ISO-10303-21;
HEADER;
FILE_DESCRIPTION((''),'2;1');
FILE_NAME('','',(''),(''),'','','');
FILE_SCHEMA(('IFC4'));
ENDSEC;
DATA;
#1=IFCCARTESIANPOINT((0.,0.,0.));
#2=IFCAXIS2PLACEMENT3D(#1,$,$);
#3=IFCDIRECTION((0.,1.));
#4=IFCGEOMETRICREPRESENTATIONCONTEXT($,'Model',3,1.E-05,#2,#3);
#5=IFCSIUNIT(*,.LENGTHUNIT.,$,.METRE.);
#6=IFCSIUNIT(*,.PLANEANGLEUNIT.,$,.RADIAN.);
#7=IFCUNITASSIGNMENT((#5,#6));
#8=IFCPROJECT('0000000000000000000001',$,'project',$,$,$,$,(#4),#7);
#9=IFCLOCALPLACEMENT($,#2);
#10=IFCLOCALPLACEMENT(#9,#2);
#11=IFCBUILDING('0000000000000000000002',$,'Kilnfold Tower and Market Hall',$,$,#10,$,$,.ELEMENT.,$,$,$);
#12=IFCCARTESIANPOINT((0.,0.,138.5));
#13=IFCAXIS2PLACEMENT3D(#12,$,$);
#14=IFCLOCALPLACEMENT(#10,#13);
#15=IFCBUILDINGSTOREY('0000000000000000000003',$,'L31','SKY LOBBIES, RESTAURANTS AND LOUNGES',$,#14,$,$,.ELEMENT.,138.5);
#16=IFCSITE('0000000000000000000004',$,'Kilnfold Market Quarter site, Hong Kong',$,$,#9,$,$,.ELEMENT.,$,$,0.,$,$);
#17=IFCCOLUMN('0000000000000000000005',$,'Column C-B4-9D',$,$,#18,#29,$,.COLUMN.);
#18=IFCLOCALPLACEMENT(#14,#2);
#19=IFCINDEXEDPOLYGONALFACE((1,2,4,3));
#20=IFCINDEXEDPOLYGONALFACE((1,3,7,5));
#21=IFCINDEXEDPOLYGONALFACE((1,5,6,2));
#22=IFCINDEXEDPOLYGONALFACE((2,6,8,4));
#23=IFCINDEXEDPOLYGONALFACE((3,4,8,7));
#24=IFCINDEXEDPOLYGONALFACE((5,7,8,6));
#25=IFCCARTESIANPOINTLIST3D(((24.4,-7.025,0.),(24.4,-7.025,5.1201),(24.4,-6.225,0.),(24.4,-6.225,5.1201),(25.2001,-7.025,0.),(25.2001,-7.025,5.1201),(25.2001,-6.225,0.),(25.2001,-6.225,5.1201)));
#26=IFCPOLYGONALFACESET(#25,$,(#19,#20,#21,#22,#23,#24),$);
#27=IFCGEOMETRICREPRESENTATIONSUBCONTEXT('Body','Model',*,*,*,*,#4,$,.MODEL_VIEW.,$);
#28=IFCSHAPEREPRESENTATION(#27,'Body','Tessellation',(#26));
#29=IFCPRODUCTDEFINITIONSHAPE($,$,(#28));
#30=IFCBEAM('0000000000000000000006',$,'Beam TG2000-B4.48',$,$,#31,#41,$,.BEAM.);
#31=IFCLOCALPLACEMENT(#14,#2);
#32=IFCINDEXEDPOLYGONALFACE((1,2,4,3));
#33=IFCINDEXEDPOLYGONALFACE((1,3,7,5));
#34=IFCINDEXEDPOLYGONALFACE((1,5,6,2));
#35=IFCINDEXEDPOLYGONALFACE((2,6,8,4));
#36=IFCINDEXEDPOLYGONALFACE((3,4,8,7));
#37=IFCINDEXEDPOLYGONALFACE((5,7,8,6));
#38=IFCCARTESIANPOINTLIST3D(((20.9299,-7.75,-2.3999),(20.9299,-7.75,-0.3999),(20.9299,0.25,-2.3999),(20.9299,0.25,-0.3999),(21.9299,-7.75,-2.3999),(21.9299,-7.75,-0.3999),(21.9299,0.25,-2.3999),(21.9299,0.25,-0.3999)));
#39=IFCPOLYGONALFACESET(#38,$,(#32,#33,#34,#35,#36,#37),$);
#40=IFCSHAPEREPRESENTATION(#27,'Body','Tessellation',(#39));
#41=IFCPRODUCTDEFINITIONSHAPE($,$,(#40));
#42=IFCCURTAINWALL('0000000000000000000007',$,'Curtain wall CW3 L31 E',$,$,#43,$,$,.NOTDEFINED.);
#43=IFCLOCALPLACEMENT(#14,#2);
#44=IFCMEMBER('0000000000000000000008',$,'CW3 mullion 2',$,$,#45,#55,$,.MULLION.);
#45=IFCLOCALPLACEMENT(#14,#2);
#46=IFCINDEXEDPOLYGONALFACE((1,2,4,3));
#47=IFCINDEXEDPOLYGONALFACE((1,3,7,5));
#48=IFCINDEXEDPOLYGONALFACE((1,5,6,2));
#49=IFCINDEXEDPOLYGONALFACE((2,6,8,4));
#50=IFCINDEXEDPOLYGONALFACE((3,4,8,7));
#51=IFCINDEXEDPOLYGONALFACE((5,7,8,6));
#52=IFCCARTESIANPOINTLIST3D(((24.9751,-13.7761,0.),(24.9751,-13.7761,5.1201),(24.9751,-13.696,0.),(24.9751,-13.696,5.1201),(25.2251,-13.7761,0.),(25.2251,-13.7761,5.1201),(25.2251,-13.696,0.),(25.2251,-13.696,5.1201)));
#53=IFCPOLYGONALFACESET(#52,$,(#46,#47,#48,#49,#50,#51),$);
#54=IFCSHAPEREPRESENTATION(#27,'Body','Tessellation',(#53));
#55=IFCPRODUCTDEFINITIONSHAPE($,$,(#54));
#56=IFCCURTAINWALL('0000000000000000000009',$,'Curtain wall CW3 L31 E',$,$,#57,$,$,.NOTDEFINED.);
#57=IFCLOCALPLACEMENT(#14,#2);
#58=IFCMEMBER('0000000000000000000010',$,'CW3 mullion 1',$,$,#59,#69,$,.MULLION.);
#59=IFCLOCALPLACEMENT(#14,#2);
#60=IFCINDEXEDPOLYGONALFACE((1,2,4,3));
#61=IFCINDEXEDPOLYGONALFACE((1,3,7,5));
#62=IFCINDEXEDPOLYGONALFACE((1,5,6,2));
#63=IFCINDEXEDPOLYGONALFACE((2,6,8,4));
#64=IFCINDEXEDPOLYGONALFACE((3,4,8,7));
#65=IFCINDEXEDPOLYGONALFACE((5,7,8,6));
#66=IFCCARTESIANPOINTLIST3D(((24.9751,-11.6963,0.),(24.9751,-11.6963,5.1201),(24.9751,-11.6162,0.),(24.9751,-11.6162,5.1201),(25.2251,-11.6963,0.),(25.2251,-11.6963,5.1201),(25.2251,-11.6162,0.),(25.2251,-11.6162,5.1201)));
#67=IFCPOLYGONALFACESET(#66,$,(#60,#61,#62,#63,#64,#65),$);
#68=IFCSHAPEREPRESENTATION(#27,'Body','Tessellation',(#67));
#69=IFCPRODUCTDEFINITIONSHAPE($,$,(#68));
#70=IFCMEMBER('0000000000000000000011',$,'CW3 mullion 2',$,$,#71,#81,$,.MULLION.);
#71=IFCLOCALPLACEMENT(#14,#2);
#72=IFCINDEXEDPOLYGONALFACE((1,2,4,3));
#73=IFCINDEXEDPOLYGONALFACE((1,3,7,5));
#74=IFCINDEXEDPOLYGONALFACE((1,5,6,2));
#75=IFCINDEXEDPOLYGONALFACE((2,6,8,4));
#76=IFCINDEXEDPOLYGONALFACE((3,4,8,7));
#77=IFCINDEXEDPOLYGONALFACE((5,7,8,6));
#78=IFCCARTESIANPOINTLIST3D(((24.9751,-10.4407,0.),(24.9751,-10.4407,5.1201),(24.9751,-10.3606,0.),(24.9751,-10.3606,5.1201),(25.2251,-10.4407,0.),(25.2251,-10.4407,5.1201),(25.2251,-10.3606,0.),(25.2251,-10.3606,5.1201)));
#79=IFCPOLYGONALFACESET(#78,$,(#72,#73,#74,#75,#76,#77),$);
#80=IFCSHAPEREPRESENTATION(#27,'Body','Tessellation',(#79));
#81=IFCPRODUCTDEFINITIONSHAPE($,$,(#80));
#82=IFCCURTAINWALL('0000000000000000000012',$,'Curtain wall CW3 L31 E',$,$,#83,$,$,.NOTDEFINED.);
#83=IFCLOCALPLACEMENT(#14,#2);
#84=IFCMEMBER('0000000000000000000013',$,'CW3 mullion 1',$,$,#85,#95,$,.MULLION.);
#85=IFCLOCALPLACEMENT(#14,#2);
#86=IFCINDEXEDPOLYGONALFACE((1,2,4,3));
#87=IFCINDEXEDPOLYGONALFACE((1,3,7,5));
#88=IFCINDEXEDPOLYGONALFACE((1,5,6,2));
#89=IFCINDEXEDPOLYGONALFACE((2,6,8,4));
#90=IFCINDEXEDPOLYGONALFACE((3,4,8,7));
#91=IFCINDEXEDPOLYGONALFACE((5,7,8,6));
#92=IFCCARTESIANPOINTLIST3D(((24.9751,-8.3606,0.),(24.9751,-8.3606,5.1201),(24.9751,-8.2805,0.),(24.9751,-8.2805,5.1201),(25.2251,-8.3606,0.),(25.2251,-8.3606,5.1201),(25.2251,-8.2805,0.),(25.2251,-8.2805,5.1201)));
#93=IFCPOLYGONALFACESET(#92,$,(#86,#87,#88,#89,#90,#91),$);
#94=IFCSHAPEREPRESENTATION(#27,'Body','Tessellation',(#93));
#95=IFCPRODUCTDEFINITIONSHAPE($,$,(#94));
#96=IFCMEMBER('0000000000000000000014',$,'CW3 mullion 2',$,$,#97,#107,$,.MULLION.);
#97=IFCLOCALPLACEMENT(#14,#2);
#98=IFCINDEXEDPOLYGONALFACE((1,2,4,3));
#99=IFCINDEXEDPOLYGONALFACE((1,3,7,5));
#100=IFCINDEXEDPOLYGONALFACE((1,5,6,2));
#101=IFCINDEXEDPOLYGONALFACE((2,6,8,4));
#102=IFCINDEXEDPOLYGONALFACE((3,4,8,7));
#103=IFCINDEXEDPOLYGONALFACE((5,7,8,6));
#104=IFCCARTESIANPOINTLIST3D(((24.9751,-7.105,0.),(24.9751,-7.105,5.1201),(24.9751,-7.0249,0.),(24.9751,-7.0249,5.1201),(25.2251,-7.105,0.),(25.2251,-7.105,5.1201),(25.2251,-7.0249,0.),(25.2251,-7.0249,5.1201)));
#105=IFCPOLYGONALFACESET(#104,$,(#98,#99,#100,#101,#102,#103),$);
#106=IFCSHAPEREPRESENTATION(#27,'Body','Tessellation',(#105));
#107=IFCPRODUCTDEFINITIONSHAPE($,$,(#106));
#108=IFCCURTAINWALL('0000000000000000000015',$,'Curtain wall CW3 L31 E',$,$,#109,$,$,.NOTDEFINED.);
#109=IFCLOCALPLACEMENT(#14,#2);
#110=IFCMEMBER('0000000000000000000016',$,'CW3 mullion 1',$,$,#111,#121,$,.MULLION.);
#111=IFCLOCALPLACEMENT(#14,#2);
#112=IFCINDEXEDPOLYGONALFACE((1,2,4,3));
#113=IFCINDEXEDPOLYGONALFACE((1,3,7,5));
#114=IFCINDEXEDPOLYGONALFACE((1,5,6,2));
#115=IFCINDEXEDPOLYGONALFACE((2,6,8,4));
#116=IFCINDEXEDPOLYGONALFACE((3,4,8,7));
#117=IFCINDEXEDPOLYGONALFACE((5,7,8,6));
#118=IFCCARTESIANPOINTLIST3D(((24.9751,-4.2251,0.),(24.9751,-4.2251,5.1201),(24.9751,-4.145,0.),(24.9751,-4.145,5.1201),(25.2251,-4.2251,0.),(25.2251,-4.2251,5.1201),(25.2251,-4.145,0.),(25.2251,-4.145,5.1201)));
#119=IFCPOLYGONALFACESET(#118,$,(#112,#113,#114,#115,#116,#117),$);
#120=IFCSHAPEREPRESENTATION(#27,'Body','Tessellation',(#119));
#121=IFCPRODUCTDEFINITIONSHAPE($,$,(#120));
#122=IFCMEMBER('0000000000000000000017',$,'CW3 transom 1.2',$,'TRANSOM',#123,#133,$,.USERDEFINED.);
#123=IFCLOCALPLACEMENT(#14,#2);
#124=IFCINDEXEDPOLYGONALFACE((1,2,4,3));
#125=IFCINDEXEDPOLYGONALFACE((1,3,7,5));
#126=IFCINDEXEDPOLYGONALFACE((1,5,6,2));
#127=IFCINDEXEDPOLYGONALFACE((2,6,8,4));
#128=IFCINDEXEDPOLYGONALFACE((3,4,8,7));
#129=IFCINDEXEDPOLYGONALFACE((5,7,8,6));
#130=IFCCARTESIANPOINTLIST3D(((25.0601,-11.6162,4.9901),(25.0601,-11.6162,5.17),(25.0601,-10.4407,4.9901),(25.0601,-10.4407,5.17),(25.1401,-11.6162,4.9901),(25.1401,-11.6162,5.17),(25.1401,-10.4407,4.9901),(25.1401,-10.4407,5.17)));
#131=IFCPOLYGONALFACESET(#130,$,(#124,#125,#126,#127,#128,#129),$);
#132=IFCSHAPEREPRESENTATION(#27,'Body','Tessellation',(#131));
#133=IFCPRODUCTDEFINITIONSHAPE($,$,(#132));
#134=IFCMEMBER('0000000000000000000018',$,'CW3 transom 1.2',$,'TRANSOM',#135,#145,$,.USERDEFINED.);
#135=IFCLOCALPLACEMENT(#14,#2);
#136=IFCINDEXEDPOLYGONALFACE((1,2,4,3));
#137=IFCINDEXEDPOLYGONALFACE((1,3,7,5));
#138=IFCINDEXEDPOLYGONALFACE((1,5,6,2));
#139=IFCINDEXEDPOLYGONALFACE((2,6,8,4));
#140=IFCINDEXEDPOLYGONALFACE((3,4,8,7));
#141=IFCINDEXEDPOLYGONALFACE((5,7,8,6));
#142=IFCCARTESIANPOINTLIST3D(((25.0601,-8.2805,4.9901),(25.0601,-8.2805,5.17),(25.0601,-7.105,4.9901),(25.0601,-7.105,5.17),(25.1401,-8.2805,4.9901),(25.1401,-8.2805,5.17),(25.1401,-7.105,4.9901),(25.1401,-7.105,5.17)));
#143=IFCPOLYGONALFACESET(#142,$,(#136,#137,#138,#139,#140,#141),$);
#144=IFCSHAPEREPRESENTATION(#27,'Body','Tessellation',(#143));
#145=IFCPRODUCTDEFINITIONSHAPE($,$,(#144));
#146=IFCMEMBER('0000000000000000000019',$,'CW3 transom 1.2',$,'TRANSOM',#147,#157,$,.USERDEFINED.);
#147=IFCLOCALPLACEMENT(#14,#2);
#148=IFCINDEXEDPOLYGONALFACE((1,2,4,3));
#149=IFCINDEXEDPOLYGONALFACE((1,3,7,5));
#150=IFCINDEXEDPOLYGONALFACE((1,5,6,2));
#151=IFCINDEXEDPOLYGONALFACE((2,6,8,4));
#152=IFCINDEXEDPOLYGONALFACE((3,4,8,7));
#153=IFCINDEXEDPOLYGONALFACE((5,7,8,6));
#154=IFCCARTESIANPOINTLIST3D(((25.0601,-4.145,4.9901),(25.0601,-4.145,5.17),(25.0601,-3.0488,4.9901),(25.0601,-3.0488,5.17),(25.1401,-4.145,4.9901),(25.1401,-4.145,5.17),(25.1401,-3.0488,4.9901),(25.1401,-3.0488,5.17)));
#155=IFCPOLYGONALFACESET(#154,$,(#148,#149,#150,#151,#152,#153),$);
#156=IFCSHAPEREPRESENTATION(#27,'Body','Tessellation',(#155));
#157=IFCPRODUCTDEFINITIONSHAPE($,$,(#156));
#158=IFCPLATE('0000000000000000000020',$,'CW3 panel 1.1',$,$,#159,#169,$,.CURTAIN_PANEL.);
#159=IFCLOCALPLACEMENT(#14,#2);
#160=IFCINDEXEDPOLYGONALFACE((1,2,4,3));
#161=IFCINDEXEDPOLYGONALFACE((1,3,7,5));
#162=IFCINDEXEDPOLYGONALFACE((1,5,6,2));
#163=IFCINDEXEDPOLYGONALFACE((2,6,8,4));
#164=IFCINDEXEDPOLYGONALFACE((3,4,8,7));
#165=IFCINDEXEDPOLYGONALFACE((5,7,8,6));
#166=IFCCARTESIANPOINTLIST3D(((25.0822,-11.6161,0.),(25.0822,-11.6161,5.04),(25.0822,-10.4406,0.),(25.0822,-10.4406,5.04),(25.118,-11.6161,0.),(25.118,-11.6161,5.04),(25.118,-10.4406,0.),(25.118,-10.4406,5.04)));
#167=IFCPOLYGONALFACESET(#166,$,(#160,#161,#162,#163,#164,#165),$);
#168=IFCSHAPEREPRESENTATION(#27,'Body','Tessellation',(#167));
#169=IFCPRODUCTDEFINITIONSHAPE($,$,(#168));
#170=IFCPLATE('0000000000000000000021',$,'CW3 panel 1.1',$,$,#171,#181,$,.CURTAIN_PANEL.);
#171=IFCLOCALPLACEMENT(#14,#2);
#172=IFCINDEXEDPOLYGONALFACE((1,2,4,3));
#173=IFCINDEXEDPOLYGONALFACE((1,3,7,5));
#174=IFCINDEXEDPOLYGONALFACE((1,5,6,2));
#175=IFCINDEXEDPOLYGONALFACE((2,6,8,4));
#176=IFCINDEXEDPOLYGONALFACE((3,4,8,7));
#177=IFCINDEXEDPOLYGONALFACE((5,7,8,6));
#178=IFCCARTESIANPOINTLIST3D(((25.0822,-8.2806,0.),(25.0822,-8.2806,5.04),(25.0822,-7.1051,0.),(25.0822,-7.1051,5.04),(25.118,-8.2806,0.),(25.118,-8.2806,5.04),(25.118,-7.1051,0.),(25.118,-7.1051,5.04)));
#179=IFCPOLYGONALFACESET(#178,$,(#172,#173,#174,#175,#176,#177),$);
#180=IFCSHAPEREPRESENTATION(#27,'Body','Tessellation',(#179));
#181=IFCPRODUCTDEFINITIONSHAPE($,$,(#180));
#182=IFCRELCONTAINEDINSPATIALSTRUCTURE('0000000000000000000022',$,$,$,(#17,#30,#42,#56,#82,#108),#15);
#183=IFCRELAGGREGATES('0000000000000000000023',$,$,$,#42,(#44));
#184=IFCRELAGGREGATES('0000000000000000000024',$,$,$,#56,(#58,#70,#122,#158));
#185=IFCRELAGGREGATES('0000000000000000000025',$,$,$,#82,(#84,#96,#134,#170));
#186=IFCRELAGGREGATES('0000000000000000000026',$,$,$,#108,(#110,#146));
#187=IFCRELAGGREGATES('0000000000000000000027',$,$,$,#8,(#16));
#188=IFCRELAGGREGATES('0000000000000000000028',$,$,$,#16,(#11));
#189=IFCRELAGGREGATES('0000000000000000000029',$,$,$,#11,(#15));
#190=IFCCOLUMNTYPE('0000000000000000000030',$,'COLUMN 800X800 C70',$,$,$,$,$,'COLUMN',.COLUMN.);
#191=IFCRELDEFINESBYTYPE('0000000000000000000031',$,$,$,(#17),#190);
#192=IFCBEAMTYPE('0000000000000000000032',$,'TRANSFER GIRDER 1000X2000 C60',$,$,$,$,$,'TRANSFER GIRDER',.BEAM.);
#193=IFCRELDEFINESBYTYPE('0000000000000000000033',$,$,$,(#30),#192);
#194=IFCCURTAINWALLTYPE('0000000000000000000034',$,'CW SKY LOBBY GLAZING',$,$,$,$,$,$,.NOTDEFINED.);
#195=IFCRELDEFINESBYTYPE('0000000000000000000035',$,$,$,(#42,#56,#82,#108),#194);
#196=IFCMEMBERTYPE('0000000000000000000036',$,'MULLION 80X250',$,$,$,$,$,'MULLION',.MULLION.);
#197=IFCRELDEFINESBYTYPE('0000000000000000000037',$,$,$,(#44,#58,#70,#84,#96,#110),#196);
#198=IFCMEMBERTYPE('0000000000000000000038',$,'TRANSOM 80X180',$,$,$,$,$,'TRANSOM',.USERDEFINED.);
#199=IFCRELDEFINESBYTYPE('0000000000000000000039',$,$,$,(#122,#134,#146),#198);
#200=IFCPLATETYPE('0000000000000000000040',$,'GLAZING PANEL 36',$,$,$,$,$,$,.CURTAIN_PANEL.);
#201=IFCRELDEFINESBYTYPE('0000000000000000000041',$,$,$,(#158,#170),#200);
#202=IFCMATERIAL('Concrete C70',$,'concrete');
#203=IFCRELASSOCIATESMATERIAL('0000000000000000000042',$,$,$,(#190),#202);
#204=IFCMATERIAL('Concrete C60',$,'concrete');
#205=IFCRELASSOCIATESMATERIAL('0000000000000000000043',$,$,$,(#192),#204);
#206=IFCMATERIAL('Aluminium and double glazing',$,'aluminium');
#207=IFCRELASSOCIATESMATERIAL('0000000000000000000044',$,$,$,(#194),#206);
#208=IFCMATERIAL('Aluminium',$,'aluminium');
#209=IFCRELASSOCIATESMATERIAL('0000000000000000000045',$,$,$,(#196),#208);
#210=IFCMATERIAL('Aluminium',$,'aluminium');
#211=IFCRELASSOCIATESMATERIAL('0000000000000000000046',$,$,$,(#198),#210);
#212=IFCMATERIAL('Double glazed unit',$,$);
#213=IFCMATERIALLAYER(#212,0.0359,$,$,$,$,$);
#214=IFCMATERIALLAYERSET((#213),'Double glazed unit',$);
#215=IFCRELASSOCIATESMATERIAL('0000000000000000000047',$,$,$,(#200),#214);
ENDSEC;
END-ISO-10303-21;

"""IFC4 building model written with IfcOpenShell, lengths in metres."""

from ifc_helpers import new_model, si_unit, direction, frame, origin, origin_2d, place, context, subcontext, project, spatial, rectangle, extrude, source, transform, mapped, material, layer, layer_set, material_profile, profile_set, type_object, element, aggregate, save


model = new_model("IFC4")

# Units and contexts
model_context = context("Model", 3, precision=1e-05, world=origin(), true_north=direction((0.0, 1.0)))
body_context = subcontext(model_context, "Body", "Model", "MODEL_VIEW")
ifc_project = project(units=[si_unit("LENGTHUNIT", "METRE"), si_unit("PLANEANGLEUNIT", "RADIAN")], contexts=[model_context])

# Site, building, storey
site_placement = place(None, origin())
site = spatial("IfcSite", under=ifc_project, at=site_placement, Name="Kilnfold Market Quarter site, Hong Kong", CompositionType="ELEMENT", RefElevation=0.0)
building_placement = place(site_placement, origin())
building = spatial("IfcBuilding", under=site, at=building_placement, Name="Kilnfold Tower and Market Hall", CompositionType="ELEMENT")
storey_placement = place(building_placement, frame((0.0, 0.0, 138.5)))
storey = spatial("IfcBuildingStorey", under=building, at=storey_placement, Name="L31", Description="SKY LOBBIES, RESTAURANTS AND LOUNGES", CompositionType="ELEMENT", Elevation=138.5)

# Column
ifc_material_1 = material(Name="Concrete C70", Category="concrete")
ifc_material_profile_1 = material_profile(ifc_material_1, rectangle(XDim=0.8, YDim=0.8, at=origin_2d()), Name="RC 800x800")
ifc_profile_set_1 = profile_set([ifc_material_profile_1], Name="Concrete C70")
column_type = type_object("IfcColumnType", Name="COLUMN 800X800 C70", ElementType="COLUMN", PredefinedType="COLUMN", material=ifc_profile_set_1)
shared_shape_1 = source(origin(), body_context, "Body", "SweptSolid", [
    extrude(rectangle(XDim=0.8, YDim=0.8, at=origin_2d()), origin(), (0.0, 0.0, 1.0), 5.1201),
])
column_placement = place(storey_placement, frame((24.8, -6.625, 0.0), z_axis=(0.0, 0.0, 1.0), x_axis=(1.0, 0.0, 0.0)))
element("IfcColumn", 1, at=column_placement, inside=storey, type_object=column_type, Name="Column C-B4-9D", PredefinedType="COLUMN", context=body_context, shape_type="MappedRepresentation", body=[
    mapped(shared_shape_1, transform((0.0, 0.0, 0.0))),
])

# Beam
ifc_material_2 = material(Name="Concrete C60", Category="concrete")
ifc_material_profile_2 = material_profile(ifc_material_2, rectangle(XDim=1.0, YDim=2.0, at=origin_2d()), Name="RC 1000x2000")
ifc_profile_set_2 = profile_set([ifc_material_profile_2], Name="Concrete C60")
beam_type = type_object("IfcBeamType", Name="TRANSFER GIRDER 1000X2000 C60", ElementType="TRANSFER GIRDER", PredefinedType="BEAM", material=ifc_profile_set_2)
shared_shape_2 = source(origin(), body_context, "Body", "SweptSolid", [
    extrude(rectangle(XDim=1.0, YDim=2.0, at=origin_2d()), origin(), (0.0, 0.0, 1.0), 8.0),
])
beam_placement = place(storey_placement, frame((21.4299, -7.75, -1.3999), z_axis=(0.0, 1.0, 0.0), x_axis=(-1.0, 0.0, 0.0)))
element("IfcBeam", 2, at=beam_placement, inside=storey, type_object=beam_type, Name="Beam TG2000-B4.48", PredefinedType="BEAM", context=body_context, shape_type="MappedRepresentation", body=[
    mapped(shared_shape_2, transform((0.0, 0.0, 0.0))),
])

# Curtain wall, member
ifc_material_3 = material(Name="Aluminium and double glazing", Category="aluminium")
curtain_wall_type = type_object("IfcCurtainWallType", Name="CW SKY LOBBY GLAZING", PredefinedType="NOTDEFINED", material=ifc_material_3)
curtain_wall_1_placement = place(storey_placement, origin())
curtain_wall_1 = element("IfcCurtainWall", 3, at=curtain_wall_1_placement, inside=storey, type_object=curtain_wall_type, Name="Curtain wall CW3 L31 E", PredefinedType="NOTDEFINED")
ifc_material_4 = material(Name="Aluminium", Category="aluminium")
ifc_material_profile_3 = material_profile(ifc_material_4, rectangle(XDim=0.0801, YDim=0.25, at=origin_2d()), Name="MULLION 80x250")
ifc_profile_set_3 = profile_set([ifc_material_profile_3], Name="Aluminium")
member_type_1 = type_object("IfcMemberType", Name="MULLION 80X250", ElementType="MULLION", PredefinedType="MULLION", material=ifc_profile_set_3)
shared_shape_3 = source(origin(), body_context, "Body", "SweptSolid", [
    extrude(rectangle(XDim=0.0801, YDim=0.25, at=origin_2d()), origin(), (0.0, 0.0, 1.0), 5.1201),
])
member_1_placement = place(storey_placement, frame((25.1001, -13.7361, 0.0), z_axis=(0.0, 0.0, 1.0), x_axis=(0.0, 1.0, 0.0)))
member_1 = element("IfcMember", 4, at=member_1_placement, type_object=member_type_1, Name="CW3 mullion 2", PredefinedType="MULLION", context=body_context, shape_type="MappedRepresentation", body=[
    mapped(shared_shape_3, transform((0.0, 0.0, 0.0))),
])
aggregate(curtain_wall_1, [member_1])

# Curtain walls, members
curtain_wall_2_placement = place(storey_placement, origin())
curtain_wall_2 = element("IfcCurtainWall", 5, at=curtain_wall_2_placement, inside=storey, type_object=curtain_wall_type, Name="Curtain wall CW3 L31 E", PredefinedType="NOTDEFINED")
member_2_placement = place(storey_placement, frame((25.1001, -11.6562, 0.0), z_axis=(0.0, 0.0, 1.0), x_axis=(0.0, 1.0, 0.0)))
member_2 = element("IfcMember", 6, at=member_2_placement, type_object=member_type_1, Name="CW3 mullion 1", PredefinedType="MULLION", context=body_context, shape_type="MappedRepresentation", body=[
    mapped(shared_shape_3, transform((0.0, 0.0, 0.0))),
])
member_3_placement = place(storey_placement, frame((25.1001, -10.4006, 0.0), z_axis=(0.0, 0.0, 1.0), x_axis=(0.0, 1.0, 0.0)))
member_3 = element("IfcMember", 7, at=member_3_placement, type_object=member_type_1, Name="CW3 mullion 2", PredefinedType="MULLION", context=body_context, shape_type="MappedRepresentation", body=[
    mapped(shared_shape_3, transform((0.0, 0.0, 0.0))),
])
curtain_wall_3_placement = place(storey_placement, origin())
curtain_wall_3 = element("IfcCurtainWall", 8, at=curtain_wall_3_placement, inside=storey, type_object=curtain_wall_type, Name="Curtain wall CW3 L31 E", PredefinedType="NOTDEFINED")
member_4_placement = place(storey_placement, frame((25.1001, -8.3206, 0.0), z_axis=(0.0, 0.0, 1.0), x_axis=(0.0, 1.0, 0.0)))
member_4 = element("IfcMember", 9, at=member_4_placement, type_object=member_type_1, Name="CW3 mullion 1", PredefinedType="MULLION", context=body_context, shape_type="MappedRepresentation", body=[
    mapped(shared_shape_3, transform((0.0, 0.0, 0.0))),
])
member_5_placement = place(storey_placement, frame((25.1001, -7.0649, 0.0), z_axis=(0.0, 0.0, 1.0), x_axis=(0.0, 1.0, 0.0)))
member_5 = element("IfcMember", 10, at=member_5_placement, type_object=member_type_1, Name="CW3 mullion 2", PredefinedType="MULLION", context=body_context, shape_type="MappedRepresentation", body=[
    mapped(shared_shape_3, transform((0.0, 0.0, 0.0))),
])

# Curtain wall, member
curtain_wall_4_placement = place(storey_placement, origin())
curtain_wall_4 = element("IfcCurtainWall", 11, at=curtain_wall_4_placement, inside=storey, type_object=curtain_wall_type, Name="Curtain wall CW3 L31 E", PredefinedType="NOTDEFINED")
member_6_placement = place(storey_placement, frame((25.1001, -4.1851, 0.0), z_axis=(0.0, 0.0, 1.0), x_axis=(0.0, 1.0, 0.0)))
member_6 = element("IfcMember", 12, at=member_6_placement, type_object=member_type_1, Name="CW3 mullion 1", PredefinedType="MULLION", context=body_context, shape_type="MappedRepresentation", body=[
    mapped(shared_shape_3, transform((0.0, 0.0, 0.0))),
])

# Members
ifc_material_5 = material(Name="Aluminium", Category="aluminium")
ifc_material_profile_4 = material_profile(ifc_material_5, rectangle(XDim=0.0801, YDim=0.1799, at=origin_2d()), Name="TRANSOM 80x180")
ifc_profile_set_4 = profile_set([ifc_material_profile_4], Name="Aluminium")
member_type_2 = type_object("IfcMemberType", Name="TRANSOM 80X180", ElementType="TRANSOM", PredefinedType="USERDEFINED", material=ifc_profile_set_4)
shared_shape_4 = source(origin(), body_context, "Body", "SweptSolid", [
    extrude(rectangle(XDim=0.0801, YDim=0.1799, at=origin_2d()), origin(), (0.0, 0.0, 1.0), 1.1755),
])
member_7_placement = place(storey_placement, frame((25.1001, -11.6162, 5.0801), z_axis=(0.0, 1.0, 0.0), x_axis=(-1.0, 0.0, 0.0)))
member_7 = element("IfcMember", 13, at=member_7_placement, type_object=member_type_2, Name="CW3 transom 1.2", ObjectType="TRANSOM", PredefinedType="USERDEFINED", context=body_context, shape_type="MappedRepresentation", body=[
    mapped(shared_shape_4, transform((0.0, 0.0, 0.0))),
])
member_8_placement = place(storey_placement, frame((25.1001, -8.2805, 5.0801), z_axis=(0.0, 1.0, 0.0), x_axis=(-1.0, 0.0, 0.0)))
member_8 = element("IfcMember", 14, at=member_8_placement, type_object=member_type_2, Name="CW3 transom 1.2", ObjectType="TRANSOM", PredefinedType="USERDEFINED", context=body_context, shape_type="MappedRepresentation", body=[
    mapped(shared_shape_4, transform((0.0, 0.0, 0.0))),
])
shared_shape_5 = source(origin(), body_context, "Body", "SweptSolid", [
    extrude(rectangle(XDim=0.0801, YDim=0.1799, at=origin_2d()), origin(), (0.0, 0.0, 1.0), 1.0962),
])
member_9_placement = place(storey_placement, frame((25.1001, -4.145, 5.0801), z_axis=(0.0, 1.0, 0.0), x_axis=(-1.0, 0.0, 0.0)))
member_9 = element("IfcMember", 15, at=member_9_placement, type_object=member_type_2, Name="CW3 transom 1.2", ObjectType="TRANSOM", PredefinedType="USERDEFINED", context=body_context, shape_type="MappedRepresentation", body=[
    mapped(shared_shape_5, transform((0.0, 0.0, 0.0))),
])

# Plates
ifc_material_6 = material(Name="Double glazed unit")
ifc_layer_1 = layer(ifc_material_6, 0.0359)
ifc_layer_set_1 = layer_set([ifc_layer_1], Name="Double glazed unit")
plate_type = type_object("IfcPlateType", Name="GLAZING PANEL 36", PredefinedType="CURTAIN_PANEL", material=ifc_layer_set_1)
shared_shape_6 = source(origin(), body_context, "Body", "SweptSolid", [
    extrude(rectangle(XDim=1.1755, YDim=0.0359, at=origin_2d()), origin(), (0.0, 0.0, 1.0), 5.04),
])
plate_1_placement = place(storey_placement, frame((25.1001, -11.0283, 0.0), z_axis=(0.0, 0.0, 1.0), x_axis=(0.0, 1.0, 0.0)))
plate_1 = element("IfcPlate", 16, at=plate_1_placement, type_object=plate_type, Name="CW3 panel 1.1", PredefinedType="CURTAIN_PANEL", context=body_context, shape_type="MappedRepresentation", body=[
    mapped(shared_shape_6, transform((0.0, 0.0, 0.0))),
])
aggregate(curtain_wall_2, [member_2, member_3, member_7, plate_1])
plate_2_placement = place(storey_placement, frame((25.1001, -7.6929, 0.0), z_axis=(0.0, 0.0, 1.0), x_axis=(0.0, 1.0, 0.0)))
plate_2 = element("IfcPlate", 17, at=plate_2_placement, type_object=plate_type, Name="CW3 panel 1.1", PredefinedType="CURTAIN_PANEL", context=body_context, shape_type="MappedRepresentation", body=[
    mapped(shared_shape_6, transform((0.0, 0.0, 0.0))),
])
aggregate(curtain_wall_3, [member_4, member_5, member_8, plate_2])
aggregate(curtain_wall_4, [member_6, member_9])

save(model, "model.ifc")
